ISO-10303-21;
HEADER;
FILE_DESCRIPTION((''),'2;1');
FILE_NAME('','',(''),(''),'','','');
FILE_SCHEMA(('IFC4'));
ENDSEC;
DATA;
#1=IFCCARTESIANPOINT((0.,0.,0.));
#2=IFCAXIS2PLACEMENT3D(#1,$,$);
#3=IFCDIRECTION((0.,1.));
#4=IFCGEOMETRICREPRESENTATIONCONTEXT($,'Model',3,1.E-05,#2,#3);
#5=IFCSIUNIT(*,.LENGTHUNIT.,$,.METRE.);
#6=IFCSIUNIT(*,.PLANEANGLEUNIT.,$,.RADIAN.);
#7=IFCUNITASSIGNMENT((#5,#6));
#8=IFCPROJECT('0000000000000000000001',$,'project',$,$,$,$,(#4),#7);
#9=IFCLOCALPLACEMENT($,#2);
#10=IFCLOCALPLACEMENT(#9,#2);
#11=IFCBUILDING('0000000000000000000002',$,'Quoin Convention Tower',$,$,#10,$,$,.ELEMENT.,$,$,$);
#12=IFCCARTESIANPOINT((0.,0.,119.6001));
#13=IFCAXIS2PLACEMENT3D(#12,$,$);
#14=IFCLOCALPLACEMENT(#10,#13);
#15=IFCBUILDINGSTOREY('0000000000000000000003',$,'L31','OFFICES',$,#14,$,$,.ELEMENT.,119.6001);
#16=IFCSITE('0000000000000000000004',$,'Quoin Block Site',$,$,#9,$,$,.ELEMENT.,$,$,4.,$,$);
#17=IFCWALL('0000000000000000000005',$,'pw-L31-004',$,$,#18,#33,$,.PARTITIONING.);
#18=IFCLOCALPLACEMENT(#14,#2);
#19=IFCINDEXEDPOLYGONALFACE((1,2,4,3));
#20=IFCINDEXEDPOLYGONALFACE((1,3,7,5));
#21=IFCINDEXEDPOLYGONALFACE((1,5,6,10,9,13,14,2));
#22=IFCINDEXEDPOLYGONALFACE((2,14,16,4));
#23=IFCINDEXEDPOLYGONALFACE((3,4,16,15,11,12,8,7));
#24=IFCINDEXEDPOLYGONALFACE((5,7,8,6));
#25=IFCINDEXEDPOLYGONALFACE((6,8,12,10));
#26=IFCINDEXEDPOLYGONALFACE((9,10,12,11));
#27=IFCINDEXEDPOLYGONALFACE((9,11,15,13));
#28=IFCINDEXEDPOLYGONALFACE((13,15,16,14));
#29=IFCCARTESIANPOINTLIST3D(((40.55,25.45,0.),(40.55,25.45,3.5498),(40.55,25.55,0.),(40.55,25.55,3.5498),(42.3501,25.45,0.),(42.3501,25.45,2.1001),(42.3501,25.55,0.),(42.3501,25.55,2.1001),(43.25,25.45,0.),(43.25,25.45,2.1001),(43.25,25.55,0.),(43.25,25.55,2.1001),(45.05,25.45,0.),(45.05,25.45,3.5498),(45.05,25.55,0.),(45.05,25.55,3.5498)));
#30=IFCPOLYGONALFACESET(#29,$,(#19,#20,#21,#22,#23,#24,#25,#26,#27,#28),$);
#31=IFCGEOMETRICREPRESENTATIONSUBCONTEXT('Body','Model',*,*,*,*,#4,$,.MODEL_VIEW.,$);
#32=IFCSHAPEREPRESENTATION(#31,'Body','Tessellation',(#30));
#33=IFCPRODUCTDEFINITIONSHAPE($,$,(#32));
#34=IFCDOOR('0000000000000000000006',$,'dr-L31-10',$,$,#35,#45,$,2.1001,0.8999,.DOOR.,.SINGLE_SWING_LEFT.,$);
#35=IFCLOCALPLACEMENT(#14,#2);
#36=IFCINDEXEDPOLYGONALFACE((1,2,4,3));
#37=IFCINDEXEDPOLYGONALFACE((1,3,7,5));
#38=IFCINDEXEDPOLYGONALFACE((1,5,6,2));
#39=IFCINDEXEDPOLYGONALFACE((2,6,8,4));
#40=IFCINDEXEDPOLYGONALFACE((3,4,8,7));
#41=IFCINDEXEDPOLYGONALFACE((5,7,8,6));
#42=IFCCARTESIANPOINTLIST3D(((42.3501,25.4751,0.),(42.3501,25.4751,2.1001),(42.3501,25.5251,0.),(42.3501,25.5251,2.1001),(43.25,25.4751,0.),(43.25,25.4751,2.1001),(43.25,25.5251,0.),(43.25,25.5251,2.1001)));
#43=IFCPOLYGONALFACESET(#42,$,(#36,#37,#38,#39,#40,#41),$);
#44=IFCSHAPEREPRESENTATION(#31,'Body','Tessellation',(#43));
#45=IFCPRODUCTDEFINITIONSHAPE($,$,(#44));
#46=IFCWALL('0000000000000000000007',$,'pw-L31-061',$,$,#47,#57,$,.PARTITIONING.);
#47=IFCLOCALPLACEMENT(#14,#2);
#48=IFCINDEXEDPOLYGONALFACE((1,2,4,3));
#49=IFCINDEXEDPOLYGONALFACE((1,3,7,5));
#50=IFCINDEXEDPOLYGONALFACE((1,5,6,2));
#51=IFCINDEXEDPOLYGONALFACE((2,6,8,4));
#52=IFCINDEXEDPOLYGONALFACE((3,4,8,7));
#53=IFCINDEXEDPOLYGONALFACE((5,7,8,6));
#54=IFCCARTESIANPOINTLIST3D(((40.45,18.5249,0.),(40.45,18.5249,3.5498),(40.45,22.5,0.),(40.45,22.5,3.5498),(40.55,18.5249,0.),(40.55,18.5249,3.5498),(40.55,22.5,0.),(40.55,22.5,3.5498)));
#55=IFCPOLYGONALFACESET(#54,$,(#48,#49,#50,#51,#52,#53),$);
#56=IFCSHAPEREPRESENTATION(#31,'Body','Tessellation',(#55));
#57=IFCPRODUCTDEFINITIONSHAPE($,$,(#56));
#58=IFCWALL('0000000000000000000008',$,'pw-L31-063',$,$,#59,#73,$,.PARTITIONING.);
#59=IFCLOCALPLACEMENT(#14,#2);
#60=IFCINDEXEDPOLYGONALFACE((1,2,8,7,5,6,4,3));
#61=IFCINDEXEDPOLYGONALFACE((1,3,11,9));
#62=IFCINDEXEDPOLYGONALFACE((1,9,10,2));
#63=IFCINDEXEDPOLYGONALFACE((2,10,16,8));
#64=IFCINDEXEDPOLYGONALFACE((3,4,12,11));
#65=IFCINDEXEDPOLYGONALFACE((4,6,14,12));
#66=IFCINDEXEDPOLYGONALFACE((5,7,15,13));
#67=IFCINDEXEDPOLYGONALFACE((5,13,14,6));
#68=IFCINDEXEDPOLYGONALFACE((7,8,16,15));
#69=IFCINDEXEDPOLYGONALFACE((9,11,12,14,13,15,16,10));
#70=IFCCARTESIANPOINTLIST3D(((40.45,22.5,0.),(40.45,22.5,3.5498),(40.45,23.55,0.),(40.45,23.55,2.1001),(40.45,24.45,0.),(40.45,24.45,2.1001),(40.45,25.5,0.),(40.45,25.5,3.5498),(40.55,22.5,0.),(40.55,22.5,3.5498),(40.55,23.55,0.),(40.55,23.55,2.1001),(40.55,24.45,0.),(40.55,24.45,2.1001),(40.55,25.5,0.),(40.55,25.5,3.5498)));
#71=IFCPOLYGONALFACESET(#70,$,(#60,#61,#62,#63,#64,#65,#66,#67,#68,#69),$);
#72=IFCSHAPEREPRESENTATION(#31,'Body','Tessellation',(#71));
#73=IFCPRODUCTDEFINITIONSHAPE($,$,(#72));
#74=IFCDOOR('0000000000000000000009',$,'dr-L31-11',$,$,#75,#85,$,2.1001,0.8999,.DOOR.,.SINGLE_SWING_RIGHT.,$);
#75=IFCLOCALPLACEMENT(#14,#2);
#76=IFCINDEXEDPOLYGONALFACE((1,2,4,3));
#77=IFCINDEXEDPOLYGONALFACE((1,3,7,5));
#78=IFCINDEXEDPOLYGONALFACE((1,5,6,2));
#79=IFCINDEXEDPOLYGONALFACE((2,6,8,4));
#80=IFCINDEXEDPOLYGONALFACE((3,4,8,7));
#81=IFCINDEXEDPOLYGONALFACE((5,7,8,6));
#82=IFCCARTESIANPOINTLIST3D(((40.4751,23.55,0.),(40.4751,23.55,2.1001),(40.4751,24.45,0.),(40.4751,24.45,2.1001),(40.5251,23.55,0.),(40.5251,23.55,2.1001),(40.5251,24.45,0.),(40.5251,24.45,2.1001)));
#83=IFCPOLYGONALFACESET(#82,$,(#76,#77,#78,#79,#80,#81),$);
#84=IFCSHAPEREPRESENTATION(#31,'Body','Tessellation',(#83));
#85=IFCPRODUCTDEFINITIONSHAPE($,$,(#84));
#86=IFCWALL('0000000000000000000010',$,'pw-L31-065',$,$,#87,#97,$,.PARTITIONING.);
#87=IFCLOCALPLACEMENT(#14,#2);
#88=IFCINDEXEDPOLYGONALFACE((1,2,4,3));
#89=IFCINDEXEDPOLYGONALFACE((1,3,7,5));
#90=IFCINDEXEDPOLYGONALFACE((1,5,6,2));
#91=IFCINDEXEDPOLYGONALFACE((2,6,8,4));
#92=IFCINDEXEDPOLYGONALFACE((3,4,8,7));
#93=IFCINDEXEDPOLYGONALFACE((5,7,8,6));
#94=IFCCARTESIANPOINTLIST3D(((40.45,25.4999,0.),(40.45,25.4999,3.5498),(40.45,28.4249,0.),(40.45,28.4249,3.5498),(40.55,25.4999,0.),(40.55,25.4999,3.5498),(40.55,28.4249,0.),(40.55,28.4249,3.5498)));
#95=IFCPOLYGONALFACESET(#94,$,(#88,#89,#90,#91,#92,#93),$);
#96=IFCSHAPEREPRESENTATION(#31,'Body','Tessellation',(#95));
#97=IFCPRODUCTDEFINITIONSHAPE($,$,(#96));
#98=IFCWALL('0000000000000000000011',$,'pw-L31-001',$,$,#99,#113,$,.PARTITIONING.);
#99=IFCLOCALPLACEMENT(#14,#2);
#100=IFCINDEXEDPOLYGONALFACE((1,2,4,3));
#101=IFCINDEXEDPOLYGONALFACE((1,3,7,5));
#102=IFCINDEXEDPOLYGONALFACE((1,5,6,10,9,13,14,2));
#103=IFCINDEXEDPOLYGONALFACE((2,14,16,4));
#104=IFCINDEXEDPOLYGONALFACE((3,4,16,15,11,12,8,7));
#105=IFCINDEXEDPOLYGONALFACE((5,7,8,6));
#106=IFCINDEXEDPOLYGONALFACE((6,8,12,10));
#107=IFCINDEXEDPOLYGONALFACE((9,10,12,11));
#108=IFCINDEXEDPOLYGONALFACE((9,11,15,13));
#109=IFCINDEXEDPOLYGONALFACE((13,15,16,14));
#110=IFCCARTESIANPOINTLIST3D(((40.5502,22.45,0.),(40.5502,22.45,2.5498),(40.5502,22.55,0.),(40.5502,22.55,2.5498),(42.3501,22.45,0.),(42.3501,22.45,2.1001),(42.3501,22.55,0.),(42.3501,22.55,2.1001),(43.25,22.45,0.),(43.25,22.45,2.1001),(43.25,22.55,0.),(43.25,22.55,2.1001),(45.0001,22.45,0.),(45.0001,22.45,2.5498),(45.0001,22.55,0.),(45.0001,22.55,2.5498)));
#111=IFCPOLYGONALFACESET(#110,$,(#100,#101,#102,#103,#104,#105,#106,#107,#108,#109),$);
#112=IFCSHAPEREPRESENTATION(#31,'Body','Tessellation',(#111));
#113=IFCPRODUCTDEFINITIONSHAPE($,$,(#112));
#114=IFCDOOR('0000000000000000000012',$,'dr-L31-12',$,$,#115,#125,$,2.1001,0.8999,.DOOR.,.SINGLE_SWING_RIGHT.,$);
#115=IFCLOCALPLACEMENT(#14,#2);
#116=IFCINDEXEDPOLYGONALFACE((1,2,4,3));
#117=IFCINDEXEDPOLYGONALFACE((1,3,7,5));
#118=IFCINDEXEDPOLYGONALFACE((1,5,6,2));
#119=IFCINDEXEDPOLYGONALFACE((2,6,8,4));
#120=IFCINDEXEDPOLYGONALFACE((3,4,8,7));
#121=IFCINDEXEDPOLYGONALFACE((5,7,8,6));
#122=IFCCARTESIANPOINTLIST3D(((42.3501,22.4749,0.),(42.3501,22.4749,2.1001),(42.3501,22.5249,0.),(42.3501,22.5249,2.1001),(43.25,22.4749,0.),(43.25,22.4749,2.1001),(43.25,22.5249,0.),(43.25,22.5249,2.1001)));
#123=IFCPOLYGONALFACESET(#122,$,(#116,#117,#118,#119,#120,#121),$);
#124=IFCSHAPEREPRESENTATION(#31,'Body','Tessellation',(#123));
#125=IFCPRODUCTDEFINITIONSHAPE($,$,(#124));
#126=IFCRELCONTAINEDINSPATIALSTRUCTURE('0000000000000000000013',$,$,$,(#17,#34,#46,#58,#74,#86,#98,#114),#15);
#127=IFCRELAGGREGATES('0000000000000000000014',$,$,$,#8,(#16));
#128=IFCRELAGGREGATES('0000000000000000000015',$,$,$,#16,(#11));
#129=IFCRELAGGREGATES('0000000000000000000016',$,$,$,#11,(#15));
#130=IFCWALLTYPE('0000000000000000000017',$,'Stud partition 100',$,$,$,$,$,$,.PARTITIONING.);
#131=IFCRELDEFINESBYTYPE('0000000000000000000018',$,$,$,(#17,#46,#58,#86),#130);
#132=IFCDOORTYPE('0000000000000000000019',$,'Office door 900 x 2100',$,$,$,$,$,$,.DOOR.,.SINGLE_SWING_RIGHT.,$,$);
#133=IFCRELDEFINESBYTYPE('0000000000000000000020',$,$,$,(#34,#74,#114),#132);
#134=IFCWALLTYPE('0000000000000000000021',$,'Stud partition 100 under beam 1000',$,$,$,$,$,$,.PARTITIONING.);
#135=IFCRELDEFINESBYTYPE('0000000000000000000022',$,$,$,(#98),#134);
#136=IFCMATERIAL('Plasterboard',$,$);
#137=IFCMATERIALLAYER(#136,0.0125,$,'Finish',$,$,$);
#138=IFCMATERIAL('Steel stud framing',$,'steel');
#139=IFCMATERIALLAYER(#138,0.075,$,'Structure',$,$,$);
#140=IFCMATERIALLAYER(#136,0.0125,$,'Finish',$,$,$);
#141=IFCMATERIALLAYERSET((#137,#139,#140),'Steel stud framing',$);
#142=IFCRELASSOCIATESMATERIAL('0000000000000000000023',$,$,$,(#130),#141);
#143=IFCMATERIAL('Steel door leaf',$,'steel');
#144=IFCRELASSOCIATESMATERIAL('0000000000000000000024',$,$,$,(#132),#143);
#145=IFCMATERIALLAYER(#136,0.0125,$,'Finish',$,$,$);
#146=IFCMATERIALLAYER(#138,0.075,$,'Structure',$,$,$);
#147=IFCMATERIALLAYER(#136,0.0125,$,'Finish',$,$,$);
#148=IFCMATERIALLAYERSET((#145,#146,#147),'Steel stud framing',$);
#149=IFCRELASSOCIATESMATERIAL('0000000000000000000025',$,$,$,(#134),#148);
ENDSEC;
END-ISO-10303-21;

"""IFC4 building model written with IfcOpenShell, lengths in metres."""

from ifc_helpers import new_model, si_unit, direction, frame, frame_2d, origin, place, context, subcontext, project, spatial, rectangle, extrude, material, layer, layer_set, type_object, element, fill, save


model = new_model("IFC4")

# Units and contexts
model_context = context("Model", 3, precision=1e-05, world=origin(), true_north=direction((0.0, 1.0)))
body_context = subcontext(model_context, "Body", "Model", "MODEL_VIEW")
ifc_project = project(units=[si_unit("LENGTHUNIT", "METRE"), si_unit("PLANEANGLEUNIT", "RADIAN")], contexts=[model_context])

# Site, building, storey
site_placement = place(None, origin())
site = spatial("IfcSite", under=ifc_project, at=site_placement, Name="Quoin Block Site", CompositionType="ELEMENT", RefElevation=4.0)
building_placement = place(site_placement, origin())
building = spatial("IfcBuilding", under=site, at=building_placement, Name="Quoin Convention Tower", CompositionType="ELEMENT")
storey_placement = place(building_placement, frame((0.0, 0.0, 119.6001)))
storey = spatial("IfcBuildingStorey", under=building, at=storey_placement, Name="L31", Description="OFFICES", CompositionType="ELEMENT", Elevation=119.6001)

# Wall, opening, door
ifc_material_1 = material(Name="Plasterboard")
ifc_material_2 = material(Name="Steel stud framing", Category="steel")
ifc_material_3 = material(Name="Steel door leaf", Category="steel")
ifc_layer_1 = layer(ifc_material_1, 0.0125, Name="Finish")
ifc_layer_2 = layer(ifc_material_2, 0.075, Name="Structure")
ifc_layer_3 = layer(ifc_material_1, 0.0125, Name="Finish")
ifc_layer_set_1 = layer_set([ifc_layer_1, ifc_layer_2, ifc_layer_3], Name="Steel stud framing")
wall_type_1 = type_object("IfcWallType", Name="Stud partition 100", PredefinedType="PARTITIONING", material=ifc_layer_set_1)
wall_1_placement = place(storey_placement, frame((40.55, 25.5, 0.0), z_axis=(0.0, 0.0, 1.0), x_axis=(1.0, 0.0, 0.0)))
wall_1 = element("IfcWall", 1, at=wall_1_placement, inside=storey, type_object=wall_type_1, Name="pw-L31-004", PredefinedType="PARTITIONING", context=body_context, shape_type="SweptSolid", body=[
    extrude(rectangle(XDim=4.5, YDim=0.1001, at=frame_2d((2.25, 0.0))), origin(), (0.0, 0.0, 1.0), 3.5498),
])
opening_1_placement = place(wall_1_placement, frame((1.8, 0.0, 0.0)))
opening_1 = element("IfcOpeningElement", 2, at=opening_1_placement, cuts=wall_1, PredefinedType="OPENING", context=body_context, shape_type="SweptSolid", body=[
    extrude(rectangle(XDim=0.8999, YDim=2.1001, at=frame_2d((0.45, 1.05))), frame((0.0, 0.0601, 0.0), z_axis=(0.0, -1.0, 0.0), x_axis=(1.0, 0.0, 0.0)), (0.0, 0.0, 1.0), 0.1201),
])
door_type_1 = type_object("IfcDoorType", Name="Office door 900 x 2100", OperationType="SINGLE_SWING_RIGHT", PredefinedType="DOOR", material=ifc_material_3)
door_1_placement = place(opening_1_placement, frame((0.8999, 0.0, 0.0), z_axis=(0.0, 0.0, 1.0), x_axis=(-1.0, 0.0, 0.0)))
door_1 = element("IfcDoor", 3, at=door_1_placement, inside=storey, type_object=door_type_1, Name="dr-L31-10", OperationType="SINGLE_SWING_LEFT", OverallHeight=2.1001, OverallWidth=0.8999, PredefinedType="DOOR", context=body_context, shape_type="SweptSolid", body=[
    extrude(rectangle(XDim=0.8999, YDim=2.1001, at=frame_2d((0.45, 1.05))), frame((0.0, 0.0249, 0.0), z_axis=(0.0, -1.0, 0.0), x_axis=(1.0, 0.0, 0.0)), (0.0, 0.0, 1.0), 0.05),
])
fill(opening_1, door_1)

# Wall
wall_2_placement = place(storey_placement, frame((40.5, 18.5249, 0.0), z_axis=(0.0, 0.0, 1.0), x_axis=(0.0, 1.0, 0.0)))
element("IfcWall", 4, at=wall_2_placement, inside=storey, type_object=wall_type_1, Name="pw-L31-061", PredefinedType="PARTITIONING", context=body_context, shape_type="SweptSolid", body=[
    extrude(rectangle(XDim=3.9751, YDim=0.1001, at=frame_2d((1.9875, 0.0))), origin(), (0.0, 0.0, 1.0), 3.5498),
])

# Wall, opening, door
wall_3_placement = place(storey_placement, frame((40.5, 22.5, 0.0), z_axis=(0.0, 0.0, 1.0), x_axis=(0.0, 1.0, 0.0)))
wall_3 = element("IfcWall", 5, at=wall_3_placement, inside=storey, type_object=wall_type_1, Name="pw-L31-063", PredefinedType="PARTITIONING", context=body_context, shape_type="SweptSolid", body=[
    extrude(rectangle(XDim=3.0, YDim=0.1001, at=frame_2d((1.5, 0.0))), origin(), (0.0, 0.0, 1.0), 3.5498),
])
opening_2_placement = place(wall_3_placement, frame((1.05, 0.0, 0.0)))
opening_2 = element("IfcOpeningElement", 6, at=opening_2_placement, cuts=wall_3, PredefinedType="OPENING", context=body_context, shape_type="SweptSolid", body=[
    extrude(rectangle(XDim=0.8999, YDim=2.1001, at=frame_2d((0.45, 1.05))), frame((0.0, 0.0601, 0.0), z_axis=(0.0, -1.0, 0.0), x_axis=(1.0, 0.0, 0.0)), (0.0, 0.0, 1.0), 0.1201),
])
door_2_placement = place(opening_2_placement, origin())
door_2 = element("IfcDoor", 7, at=door_2_placement, inside=storey, type_object=door_type_1, Name="dr-L31-11", OperationType="SINGLE_SWING_RIGHT", OverallHeight=2.1001, OverallWidth=0.8999, PredefinedType="DOOR", context=body_context, shape_type="SweptSolid", body=[
    extrude(rectangle(XDim=0.8999, YDim=2.1001, at=frame_2d((0.45, 1.05))), frame((0.0, 0.0249, 0.0), z_axis=(0.0, -1.0, 0.0), x_axis=(1.0, 0.0, 0.0)), (0.0, 0.0, 1.0), 0.05),
])
fill(opening_2, door_2)

# Wall
wall_4_placement = place(storey_placement, frame((40.5, 25.5, 0.0), z_axis=(0.0, 0.0, 1.0), x_axis=(0.0, 1.0, 0.0)))
element("IfcWall", 8, at=wall_4_placement, inside=storey, type_object=wall_type_1, Name="pw-L31-065", PredefinedType="PARTITIONING", context=body_context, shape_type="SweptSolid", body=[
    extrude(rectangle(XDim=2.925, YDim=0.1001, at=frame_2d((1.4624, 0.0))), origin(), (0.0, 0.0, 1.0), 3.5498),
])

# Wall, opening, door
ifc_layer_4 = layer(ifc_material_1, 0.0125, Name="Finish")
ifc_layer_5 = layer(ifc_material_2, 0.075, Name="Structure")
ifc_layer_6 = layer(ifc_material_1, 0.0125, Name="Finish")
ifc_layer_set_2 = layer_set([ifc_layer_4, ifc_layer_5, ifc_layer_6], Name="Steel stud framing")
wall_type_2 = type_object("IfcWallType", Name="Stud partition 100 under beam 1000", PredefinedType="PARTITIONING", material=ifc_layer_set_2)
wall_5_placement = place(storey_placement, frame((40.55, 22.5, 0.0), z_axis=(0.0, 0.0, 1.0), x_axis=(1.0, 0.0, 0.0)))
wall_5 = element("IfcWall", 9, at=wall_5_placement, inside=storey, type_object=wall_type_2, Name="pw-L31-001", PredefinedType="PARTITIONING", context=body_context, shape_type="SweptSolid", body=[
    extrude(rectangle(XDim=4.45, YDim=0.1001, at=frame_2d((2.2251, 0.0))), origin(), (0.0, 0.0, 1.0), 2.5498),
])
opening_3_placement = place(wall_5_placement, frame((1.8, 0.0, 0.0)))
opening_3 = element("IfcOpeningElement", 10, at=opening_3_placement, cuts=wall_5, PredefinedType="OPENING", context=body_context, shape_type="SweptSolid", body=[
    extrude(rectangle(XDim=0.8999, YDim=2.1001, at=frame_2d((0.45, 1.05))), frame((0.0, 0.0601, 0.0), z_axis=(0.0, -1.0, 0.0), x_axis=(1.0, 0.0, 0.0)), (0.0, 0.0, 1.0), 0.1201),
])
door_3_placement = place(opening_3_placement, origin())
door_3 = element("IfcDoor", 11, at=door_3_placement, inside=storey, type_object=door_type_1, Name="dr-L31-12", OperationType="SINGLE_SWING_RIGHT", OverallHeight=2.1001, OverallWidth=0.8999, PredefinedType="DOOR", context=body_context, shape_type="SweptSolid", body=[
    extrude(rectangle(XDim=0.8999, YDim=2.1001, at=frame_2d((0.45, 1.05))), frame((0.0, 0.0249, 0.0), z_axis=(0.0, -1.0, 0.0), x_axis=(1.0, 0.0, 0.0)), (0.0, 0.0, 1.0), 0.05),
])
fill(opening_3, door_3)

save(model, "model.ifc")
